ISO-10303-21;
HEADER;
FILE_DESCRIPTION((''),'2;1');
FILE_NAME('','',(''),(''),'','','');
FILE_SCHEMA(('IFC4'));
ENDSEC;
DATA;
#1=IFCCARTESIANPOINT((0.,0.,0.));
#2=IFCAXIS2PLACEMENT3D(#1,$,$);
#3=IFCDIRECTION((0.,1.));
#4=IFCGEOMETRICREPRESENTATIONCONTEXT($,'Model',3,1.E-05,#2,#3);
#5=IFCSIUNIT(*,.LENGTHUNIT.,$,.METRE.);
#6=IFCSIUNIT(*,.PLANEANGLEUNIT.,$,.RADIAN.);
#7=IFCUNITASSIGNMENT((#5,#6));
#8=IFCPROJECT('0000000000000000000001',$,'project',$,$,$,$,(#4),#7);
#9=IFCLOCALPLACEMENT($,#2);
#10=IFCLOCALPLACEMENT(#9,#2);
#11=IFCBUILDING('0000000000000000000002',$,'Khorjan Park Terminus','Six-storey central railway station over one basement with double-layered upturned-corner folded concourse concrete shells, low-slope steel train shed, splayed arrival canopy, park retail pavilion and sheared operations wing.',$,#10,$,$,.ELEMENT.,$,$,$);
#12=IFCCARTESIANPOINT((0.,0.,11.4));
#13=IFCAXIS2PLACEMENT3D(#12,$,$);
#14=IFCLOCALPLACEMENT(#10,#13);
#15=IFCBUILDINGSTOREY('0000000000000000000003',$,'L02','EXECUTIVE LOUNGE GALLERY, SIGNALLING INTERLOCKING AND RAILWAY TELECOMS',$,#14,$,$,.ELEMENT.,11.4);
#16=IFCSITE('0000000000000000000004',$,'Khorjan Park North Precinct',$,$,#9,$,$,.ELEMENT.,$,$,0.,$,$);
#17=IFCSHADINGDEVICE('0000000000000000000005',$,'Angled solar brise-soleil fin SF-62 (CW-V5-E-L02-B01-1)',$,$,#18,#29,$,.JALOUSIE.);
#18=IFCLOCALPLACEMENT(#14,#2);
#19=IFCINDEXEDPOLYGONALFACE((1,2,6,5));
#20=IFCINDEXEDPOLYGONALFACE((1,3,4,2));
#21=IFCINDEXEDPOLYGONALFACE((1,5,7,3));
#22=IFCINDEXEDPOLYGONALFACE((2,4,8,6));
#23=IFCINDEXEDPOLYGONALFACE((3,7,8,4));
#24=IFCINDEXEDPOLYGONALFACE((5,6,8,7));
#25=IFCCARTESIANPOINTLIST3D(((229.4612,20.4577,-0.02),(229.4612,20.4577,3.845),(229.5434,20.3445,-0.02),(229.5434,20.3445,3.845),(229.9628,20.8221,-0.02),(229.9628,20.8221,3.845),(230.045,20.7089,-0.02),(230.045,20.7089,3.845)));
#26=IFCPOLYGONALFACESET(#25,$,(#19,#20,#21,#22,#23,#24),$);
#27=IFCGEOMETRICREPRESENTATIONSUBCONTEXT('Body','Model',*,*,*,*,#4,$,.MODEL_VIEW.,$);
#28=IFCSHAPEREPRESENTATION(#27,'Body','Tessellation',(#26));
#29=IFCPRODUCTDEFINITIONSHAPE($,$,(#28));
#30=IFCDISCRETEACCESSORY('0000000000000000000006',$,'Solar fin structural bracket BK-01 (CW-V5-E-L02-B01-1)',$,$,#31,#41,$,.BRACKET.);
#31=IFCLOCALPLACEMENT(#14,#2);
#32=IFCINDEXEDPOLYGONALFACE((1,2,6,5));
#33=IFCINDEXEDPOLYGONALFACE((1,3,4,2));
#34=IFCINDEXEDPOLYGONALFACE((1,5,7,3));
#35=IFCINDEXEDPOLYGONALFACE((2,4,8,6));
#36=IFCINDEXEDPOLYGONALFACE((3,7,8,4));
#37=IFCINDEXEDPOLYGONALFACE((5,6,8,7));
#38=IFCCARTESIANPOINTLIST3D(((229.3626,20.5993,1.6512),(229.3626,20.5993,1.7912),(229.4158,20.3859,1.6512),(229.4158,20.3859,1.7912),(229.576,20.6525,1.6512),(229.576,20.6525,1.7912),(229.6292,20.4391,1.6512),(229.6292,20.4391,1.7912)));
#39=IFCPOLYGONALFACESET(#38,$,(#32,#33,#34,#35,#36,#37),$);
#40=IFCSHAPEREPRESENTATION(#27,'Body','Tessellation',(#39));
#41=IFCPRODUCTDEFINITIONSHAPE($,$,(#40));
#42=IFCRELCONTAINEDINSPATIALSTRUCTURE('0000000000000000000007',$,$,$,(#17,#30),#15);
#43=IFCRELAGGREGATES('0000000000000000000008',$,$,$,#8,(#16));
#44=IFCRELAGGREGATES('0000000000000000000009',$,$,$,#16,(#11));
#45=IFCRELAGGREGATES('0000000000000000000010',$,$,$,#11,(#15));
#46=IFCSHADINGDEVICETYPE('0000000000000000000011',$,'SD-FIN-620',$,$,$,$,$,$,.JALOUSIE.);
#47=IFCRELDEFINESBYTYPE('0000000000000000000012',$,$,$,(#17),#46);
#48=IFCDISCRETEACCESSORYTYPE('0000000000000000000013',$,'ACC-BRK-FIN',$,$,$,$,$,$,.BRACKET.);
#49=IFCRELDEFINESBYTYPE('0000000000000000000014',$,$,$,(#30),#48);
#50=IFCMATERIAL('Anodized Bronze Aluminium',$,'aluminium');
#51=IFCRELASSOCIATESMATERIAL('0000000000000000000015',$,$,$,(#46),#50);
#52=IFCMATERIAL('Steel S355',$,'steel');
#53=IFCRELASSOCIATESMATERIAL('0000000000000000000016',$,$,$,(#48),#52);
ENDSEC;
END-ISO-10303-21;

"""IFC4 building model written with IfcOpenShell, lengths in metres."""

from ifc_helpers import new_model, si_unit, direction, frame, origin, origin_2d, place, context, subcontext, project, spatial, rectangle, extrude, material, type_object, element, save


model = new_model("IFC4")

# Units and contexts
model_context = context("Model", 3, precision=1e-05, world=origin(), true_north=direction((0.0, 1.0)))
body_context = subcontext(model_context, "Body", "Model", "MODEL_VIEW")
ifc_project = project(units=[si_unit("LENGTHUNIT", "METRE"), si_unit("PLANEANGLEUNIT", "RADIAN")], contexts=[model_context])

# Site, building, storey
site_placement = place(None, origin())
site = spatial("IfcSite", under=ifc_project, at=site_placement, Name="Khorjan Park North Precinct", CompositionType="ELEMENT", RefElevation=0.0)
building_placement = place(site_placement, origin())
building = spatial("IfcBuilding", under=site, at=building_placement, Name="Khorjan Park Terminus", Description="Six-storey central railway station over one basement with double-layered upturned-corner folded concourse concrete shells, low-slope steel train shed, splayed arrival canopy, park retail pavilion and sheared operations wing.", CompositionType="ELEMENT")
storey_placement = place(building_placement, frame((0.0, 0.0, 11.4)))
storey = spatial("IfcBuildingStorey", under=building, at=storey_placement, Name="L02", Description="EXECUTIVE LOUNGE GALLERY, SIGNALLING INTERLOCKING AND RAILWAY TELECOMS", CompositionType="ELEMENT", Elevation=11.4)

# Shared definitions
ifc_material_1 = material(Name="Steel S355", Category="steel")

# Shared definitions
ifc_material_2 = material(Name="Anodized Bronze Aluminium", Category="aluminium")

# Shading device
shading_device_type = type_object("IfcShadingDeviceType", Name="SD-FIN-620", PredefinedType="JALOUSIE", material=ifc_material_2)
shading_device_placement = place(storey_placement, frame((229.7531, 20.5833, -0.02), z_axis=(0.0, 0.0, 1.0), x_axis=(-0.809017, -0.587785, 0.0)))
element("IfcShadingDevice", 1, at=shading_device_placement, inside=storey, type_object=shading_device_type, Name="Angled solar brise-soleil fin SF-62 (CW-V5-E-L02-B01-1)", PredefinedType="JALOUSIE", context=body_context, shape_type="SweptSolid", body=[
    extrude(rectangle(XDim=0.62, YDim=0.14, at=origin_2d()), origin(), (0.0, 0.0, 1.0), 3.865),
])

# Discrete accessory
discrete_accessory_type = type_object("IfcDiscreteAccessoryType", Name="ACC-BRK-FIN", PredefinedType="BRACKET", material=ifc_material_1)
discrete_accessory_placement = place(storey_placement, frame((229.4959, 20.5192, 1.6512), z_axis=(0.0, 0.0, 1.0), x_axis=(-0.24192, 0.970296, 0.0)))
element("IfcDiscreteAccessory", 2, at=discrete_accessory_placement, inside=storey, type_object=discrete_accessory_type, Name="Solar fin structural bracket BK-01 (CW-V5-E-L02-B01-1)", PredefinedType="BRACKET", context=body_context, shape_type="SweptSolid", body=[
    extrude(rectangle(XDim=0.22, YDim=0.22, at=origin_2d()), origin(), (0.0, 0.0, 1.0), 0.14),
])

save(model, "model.ifc")
